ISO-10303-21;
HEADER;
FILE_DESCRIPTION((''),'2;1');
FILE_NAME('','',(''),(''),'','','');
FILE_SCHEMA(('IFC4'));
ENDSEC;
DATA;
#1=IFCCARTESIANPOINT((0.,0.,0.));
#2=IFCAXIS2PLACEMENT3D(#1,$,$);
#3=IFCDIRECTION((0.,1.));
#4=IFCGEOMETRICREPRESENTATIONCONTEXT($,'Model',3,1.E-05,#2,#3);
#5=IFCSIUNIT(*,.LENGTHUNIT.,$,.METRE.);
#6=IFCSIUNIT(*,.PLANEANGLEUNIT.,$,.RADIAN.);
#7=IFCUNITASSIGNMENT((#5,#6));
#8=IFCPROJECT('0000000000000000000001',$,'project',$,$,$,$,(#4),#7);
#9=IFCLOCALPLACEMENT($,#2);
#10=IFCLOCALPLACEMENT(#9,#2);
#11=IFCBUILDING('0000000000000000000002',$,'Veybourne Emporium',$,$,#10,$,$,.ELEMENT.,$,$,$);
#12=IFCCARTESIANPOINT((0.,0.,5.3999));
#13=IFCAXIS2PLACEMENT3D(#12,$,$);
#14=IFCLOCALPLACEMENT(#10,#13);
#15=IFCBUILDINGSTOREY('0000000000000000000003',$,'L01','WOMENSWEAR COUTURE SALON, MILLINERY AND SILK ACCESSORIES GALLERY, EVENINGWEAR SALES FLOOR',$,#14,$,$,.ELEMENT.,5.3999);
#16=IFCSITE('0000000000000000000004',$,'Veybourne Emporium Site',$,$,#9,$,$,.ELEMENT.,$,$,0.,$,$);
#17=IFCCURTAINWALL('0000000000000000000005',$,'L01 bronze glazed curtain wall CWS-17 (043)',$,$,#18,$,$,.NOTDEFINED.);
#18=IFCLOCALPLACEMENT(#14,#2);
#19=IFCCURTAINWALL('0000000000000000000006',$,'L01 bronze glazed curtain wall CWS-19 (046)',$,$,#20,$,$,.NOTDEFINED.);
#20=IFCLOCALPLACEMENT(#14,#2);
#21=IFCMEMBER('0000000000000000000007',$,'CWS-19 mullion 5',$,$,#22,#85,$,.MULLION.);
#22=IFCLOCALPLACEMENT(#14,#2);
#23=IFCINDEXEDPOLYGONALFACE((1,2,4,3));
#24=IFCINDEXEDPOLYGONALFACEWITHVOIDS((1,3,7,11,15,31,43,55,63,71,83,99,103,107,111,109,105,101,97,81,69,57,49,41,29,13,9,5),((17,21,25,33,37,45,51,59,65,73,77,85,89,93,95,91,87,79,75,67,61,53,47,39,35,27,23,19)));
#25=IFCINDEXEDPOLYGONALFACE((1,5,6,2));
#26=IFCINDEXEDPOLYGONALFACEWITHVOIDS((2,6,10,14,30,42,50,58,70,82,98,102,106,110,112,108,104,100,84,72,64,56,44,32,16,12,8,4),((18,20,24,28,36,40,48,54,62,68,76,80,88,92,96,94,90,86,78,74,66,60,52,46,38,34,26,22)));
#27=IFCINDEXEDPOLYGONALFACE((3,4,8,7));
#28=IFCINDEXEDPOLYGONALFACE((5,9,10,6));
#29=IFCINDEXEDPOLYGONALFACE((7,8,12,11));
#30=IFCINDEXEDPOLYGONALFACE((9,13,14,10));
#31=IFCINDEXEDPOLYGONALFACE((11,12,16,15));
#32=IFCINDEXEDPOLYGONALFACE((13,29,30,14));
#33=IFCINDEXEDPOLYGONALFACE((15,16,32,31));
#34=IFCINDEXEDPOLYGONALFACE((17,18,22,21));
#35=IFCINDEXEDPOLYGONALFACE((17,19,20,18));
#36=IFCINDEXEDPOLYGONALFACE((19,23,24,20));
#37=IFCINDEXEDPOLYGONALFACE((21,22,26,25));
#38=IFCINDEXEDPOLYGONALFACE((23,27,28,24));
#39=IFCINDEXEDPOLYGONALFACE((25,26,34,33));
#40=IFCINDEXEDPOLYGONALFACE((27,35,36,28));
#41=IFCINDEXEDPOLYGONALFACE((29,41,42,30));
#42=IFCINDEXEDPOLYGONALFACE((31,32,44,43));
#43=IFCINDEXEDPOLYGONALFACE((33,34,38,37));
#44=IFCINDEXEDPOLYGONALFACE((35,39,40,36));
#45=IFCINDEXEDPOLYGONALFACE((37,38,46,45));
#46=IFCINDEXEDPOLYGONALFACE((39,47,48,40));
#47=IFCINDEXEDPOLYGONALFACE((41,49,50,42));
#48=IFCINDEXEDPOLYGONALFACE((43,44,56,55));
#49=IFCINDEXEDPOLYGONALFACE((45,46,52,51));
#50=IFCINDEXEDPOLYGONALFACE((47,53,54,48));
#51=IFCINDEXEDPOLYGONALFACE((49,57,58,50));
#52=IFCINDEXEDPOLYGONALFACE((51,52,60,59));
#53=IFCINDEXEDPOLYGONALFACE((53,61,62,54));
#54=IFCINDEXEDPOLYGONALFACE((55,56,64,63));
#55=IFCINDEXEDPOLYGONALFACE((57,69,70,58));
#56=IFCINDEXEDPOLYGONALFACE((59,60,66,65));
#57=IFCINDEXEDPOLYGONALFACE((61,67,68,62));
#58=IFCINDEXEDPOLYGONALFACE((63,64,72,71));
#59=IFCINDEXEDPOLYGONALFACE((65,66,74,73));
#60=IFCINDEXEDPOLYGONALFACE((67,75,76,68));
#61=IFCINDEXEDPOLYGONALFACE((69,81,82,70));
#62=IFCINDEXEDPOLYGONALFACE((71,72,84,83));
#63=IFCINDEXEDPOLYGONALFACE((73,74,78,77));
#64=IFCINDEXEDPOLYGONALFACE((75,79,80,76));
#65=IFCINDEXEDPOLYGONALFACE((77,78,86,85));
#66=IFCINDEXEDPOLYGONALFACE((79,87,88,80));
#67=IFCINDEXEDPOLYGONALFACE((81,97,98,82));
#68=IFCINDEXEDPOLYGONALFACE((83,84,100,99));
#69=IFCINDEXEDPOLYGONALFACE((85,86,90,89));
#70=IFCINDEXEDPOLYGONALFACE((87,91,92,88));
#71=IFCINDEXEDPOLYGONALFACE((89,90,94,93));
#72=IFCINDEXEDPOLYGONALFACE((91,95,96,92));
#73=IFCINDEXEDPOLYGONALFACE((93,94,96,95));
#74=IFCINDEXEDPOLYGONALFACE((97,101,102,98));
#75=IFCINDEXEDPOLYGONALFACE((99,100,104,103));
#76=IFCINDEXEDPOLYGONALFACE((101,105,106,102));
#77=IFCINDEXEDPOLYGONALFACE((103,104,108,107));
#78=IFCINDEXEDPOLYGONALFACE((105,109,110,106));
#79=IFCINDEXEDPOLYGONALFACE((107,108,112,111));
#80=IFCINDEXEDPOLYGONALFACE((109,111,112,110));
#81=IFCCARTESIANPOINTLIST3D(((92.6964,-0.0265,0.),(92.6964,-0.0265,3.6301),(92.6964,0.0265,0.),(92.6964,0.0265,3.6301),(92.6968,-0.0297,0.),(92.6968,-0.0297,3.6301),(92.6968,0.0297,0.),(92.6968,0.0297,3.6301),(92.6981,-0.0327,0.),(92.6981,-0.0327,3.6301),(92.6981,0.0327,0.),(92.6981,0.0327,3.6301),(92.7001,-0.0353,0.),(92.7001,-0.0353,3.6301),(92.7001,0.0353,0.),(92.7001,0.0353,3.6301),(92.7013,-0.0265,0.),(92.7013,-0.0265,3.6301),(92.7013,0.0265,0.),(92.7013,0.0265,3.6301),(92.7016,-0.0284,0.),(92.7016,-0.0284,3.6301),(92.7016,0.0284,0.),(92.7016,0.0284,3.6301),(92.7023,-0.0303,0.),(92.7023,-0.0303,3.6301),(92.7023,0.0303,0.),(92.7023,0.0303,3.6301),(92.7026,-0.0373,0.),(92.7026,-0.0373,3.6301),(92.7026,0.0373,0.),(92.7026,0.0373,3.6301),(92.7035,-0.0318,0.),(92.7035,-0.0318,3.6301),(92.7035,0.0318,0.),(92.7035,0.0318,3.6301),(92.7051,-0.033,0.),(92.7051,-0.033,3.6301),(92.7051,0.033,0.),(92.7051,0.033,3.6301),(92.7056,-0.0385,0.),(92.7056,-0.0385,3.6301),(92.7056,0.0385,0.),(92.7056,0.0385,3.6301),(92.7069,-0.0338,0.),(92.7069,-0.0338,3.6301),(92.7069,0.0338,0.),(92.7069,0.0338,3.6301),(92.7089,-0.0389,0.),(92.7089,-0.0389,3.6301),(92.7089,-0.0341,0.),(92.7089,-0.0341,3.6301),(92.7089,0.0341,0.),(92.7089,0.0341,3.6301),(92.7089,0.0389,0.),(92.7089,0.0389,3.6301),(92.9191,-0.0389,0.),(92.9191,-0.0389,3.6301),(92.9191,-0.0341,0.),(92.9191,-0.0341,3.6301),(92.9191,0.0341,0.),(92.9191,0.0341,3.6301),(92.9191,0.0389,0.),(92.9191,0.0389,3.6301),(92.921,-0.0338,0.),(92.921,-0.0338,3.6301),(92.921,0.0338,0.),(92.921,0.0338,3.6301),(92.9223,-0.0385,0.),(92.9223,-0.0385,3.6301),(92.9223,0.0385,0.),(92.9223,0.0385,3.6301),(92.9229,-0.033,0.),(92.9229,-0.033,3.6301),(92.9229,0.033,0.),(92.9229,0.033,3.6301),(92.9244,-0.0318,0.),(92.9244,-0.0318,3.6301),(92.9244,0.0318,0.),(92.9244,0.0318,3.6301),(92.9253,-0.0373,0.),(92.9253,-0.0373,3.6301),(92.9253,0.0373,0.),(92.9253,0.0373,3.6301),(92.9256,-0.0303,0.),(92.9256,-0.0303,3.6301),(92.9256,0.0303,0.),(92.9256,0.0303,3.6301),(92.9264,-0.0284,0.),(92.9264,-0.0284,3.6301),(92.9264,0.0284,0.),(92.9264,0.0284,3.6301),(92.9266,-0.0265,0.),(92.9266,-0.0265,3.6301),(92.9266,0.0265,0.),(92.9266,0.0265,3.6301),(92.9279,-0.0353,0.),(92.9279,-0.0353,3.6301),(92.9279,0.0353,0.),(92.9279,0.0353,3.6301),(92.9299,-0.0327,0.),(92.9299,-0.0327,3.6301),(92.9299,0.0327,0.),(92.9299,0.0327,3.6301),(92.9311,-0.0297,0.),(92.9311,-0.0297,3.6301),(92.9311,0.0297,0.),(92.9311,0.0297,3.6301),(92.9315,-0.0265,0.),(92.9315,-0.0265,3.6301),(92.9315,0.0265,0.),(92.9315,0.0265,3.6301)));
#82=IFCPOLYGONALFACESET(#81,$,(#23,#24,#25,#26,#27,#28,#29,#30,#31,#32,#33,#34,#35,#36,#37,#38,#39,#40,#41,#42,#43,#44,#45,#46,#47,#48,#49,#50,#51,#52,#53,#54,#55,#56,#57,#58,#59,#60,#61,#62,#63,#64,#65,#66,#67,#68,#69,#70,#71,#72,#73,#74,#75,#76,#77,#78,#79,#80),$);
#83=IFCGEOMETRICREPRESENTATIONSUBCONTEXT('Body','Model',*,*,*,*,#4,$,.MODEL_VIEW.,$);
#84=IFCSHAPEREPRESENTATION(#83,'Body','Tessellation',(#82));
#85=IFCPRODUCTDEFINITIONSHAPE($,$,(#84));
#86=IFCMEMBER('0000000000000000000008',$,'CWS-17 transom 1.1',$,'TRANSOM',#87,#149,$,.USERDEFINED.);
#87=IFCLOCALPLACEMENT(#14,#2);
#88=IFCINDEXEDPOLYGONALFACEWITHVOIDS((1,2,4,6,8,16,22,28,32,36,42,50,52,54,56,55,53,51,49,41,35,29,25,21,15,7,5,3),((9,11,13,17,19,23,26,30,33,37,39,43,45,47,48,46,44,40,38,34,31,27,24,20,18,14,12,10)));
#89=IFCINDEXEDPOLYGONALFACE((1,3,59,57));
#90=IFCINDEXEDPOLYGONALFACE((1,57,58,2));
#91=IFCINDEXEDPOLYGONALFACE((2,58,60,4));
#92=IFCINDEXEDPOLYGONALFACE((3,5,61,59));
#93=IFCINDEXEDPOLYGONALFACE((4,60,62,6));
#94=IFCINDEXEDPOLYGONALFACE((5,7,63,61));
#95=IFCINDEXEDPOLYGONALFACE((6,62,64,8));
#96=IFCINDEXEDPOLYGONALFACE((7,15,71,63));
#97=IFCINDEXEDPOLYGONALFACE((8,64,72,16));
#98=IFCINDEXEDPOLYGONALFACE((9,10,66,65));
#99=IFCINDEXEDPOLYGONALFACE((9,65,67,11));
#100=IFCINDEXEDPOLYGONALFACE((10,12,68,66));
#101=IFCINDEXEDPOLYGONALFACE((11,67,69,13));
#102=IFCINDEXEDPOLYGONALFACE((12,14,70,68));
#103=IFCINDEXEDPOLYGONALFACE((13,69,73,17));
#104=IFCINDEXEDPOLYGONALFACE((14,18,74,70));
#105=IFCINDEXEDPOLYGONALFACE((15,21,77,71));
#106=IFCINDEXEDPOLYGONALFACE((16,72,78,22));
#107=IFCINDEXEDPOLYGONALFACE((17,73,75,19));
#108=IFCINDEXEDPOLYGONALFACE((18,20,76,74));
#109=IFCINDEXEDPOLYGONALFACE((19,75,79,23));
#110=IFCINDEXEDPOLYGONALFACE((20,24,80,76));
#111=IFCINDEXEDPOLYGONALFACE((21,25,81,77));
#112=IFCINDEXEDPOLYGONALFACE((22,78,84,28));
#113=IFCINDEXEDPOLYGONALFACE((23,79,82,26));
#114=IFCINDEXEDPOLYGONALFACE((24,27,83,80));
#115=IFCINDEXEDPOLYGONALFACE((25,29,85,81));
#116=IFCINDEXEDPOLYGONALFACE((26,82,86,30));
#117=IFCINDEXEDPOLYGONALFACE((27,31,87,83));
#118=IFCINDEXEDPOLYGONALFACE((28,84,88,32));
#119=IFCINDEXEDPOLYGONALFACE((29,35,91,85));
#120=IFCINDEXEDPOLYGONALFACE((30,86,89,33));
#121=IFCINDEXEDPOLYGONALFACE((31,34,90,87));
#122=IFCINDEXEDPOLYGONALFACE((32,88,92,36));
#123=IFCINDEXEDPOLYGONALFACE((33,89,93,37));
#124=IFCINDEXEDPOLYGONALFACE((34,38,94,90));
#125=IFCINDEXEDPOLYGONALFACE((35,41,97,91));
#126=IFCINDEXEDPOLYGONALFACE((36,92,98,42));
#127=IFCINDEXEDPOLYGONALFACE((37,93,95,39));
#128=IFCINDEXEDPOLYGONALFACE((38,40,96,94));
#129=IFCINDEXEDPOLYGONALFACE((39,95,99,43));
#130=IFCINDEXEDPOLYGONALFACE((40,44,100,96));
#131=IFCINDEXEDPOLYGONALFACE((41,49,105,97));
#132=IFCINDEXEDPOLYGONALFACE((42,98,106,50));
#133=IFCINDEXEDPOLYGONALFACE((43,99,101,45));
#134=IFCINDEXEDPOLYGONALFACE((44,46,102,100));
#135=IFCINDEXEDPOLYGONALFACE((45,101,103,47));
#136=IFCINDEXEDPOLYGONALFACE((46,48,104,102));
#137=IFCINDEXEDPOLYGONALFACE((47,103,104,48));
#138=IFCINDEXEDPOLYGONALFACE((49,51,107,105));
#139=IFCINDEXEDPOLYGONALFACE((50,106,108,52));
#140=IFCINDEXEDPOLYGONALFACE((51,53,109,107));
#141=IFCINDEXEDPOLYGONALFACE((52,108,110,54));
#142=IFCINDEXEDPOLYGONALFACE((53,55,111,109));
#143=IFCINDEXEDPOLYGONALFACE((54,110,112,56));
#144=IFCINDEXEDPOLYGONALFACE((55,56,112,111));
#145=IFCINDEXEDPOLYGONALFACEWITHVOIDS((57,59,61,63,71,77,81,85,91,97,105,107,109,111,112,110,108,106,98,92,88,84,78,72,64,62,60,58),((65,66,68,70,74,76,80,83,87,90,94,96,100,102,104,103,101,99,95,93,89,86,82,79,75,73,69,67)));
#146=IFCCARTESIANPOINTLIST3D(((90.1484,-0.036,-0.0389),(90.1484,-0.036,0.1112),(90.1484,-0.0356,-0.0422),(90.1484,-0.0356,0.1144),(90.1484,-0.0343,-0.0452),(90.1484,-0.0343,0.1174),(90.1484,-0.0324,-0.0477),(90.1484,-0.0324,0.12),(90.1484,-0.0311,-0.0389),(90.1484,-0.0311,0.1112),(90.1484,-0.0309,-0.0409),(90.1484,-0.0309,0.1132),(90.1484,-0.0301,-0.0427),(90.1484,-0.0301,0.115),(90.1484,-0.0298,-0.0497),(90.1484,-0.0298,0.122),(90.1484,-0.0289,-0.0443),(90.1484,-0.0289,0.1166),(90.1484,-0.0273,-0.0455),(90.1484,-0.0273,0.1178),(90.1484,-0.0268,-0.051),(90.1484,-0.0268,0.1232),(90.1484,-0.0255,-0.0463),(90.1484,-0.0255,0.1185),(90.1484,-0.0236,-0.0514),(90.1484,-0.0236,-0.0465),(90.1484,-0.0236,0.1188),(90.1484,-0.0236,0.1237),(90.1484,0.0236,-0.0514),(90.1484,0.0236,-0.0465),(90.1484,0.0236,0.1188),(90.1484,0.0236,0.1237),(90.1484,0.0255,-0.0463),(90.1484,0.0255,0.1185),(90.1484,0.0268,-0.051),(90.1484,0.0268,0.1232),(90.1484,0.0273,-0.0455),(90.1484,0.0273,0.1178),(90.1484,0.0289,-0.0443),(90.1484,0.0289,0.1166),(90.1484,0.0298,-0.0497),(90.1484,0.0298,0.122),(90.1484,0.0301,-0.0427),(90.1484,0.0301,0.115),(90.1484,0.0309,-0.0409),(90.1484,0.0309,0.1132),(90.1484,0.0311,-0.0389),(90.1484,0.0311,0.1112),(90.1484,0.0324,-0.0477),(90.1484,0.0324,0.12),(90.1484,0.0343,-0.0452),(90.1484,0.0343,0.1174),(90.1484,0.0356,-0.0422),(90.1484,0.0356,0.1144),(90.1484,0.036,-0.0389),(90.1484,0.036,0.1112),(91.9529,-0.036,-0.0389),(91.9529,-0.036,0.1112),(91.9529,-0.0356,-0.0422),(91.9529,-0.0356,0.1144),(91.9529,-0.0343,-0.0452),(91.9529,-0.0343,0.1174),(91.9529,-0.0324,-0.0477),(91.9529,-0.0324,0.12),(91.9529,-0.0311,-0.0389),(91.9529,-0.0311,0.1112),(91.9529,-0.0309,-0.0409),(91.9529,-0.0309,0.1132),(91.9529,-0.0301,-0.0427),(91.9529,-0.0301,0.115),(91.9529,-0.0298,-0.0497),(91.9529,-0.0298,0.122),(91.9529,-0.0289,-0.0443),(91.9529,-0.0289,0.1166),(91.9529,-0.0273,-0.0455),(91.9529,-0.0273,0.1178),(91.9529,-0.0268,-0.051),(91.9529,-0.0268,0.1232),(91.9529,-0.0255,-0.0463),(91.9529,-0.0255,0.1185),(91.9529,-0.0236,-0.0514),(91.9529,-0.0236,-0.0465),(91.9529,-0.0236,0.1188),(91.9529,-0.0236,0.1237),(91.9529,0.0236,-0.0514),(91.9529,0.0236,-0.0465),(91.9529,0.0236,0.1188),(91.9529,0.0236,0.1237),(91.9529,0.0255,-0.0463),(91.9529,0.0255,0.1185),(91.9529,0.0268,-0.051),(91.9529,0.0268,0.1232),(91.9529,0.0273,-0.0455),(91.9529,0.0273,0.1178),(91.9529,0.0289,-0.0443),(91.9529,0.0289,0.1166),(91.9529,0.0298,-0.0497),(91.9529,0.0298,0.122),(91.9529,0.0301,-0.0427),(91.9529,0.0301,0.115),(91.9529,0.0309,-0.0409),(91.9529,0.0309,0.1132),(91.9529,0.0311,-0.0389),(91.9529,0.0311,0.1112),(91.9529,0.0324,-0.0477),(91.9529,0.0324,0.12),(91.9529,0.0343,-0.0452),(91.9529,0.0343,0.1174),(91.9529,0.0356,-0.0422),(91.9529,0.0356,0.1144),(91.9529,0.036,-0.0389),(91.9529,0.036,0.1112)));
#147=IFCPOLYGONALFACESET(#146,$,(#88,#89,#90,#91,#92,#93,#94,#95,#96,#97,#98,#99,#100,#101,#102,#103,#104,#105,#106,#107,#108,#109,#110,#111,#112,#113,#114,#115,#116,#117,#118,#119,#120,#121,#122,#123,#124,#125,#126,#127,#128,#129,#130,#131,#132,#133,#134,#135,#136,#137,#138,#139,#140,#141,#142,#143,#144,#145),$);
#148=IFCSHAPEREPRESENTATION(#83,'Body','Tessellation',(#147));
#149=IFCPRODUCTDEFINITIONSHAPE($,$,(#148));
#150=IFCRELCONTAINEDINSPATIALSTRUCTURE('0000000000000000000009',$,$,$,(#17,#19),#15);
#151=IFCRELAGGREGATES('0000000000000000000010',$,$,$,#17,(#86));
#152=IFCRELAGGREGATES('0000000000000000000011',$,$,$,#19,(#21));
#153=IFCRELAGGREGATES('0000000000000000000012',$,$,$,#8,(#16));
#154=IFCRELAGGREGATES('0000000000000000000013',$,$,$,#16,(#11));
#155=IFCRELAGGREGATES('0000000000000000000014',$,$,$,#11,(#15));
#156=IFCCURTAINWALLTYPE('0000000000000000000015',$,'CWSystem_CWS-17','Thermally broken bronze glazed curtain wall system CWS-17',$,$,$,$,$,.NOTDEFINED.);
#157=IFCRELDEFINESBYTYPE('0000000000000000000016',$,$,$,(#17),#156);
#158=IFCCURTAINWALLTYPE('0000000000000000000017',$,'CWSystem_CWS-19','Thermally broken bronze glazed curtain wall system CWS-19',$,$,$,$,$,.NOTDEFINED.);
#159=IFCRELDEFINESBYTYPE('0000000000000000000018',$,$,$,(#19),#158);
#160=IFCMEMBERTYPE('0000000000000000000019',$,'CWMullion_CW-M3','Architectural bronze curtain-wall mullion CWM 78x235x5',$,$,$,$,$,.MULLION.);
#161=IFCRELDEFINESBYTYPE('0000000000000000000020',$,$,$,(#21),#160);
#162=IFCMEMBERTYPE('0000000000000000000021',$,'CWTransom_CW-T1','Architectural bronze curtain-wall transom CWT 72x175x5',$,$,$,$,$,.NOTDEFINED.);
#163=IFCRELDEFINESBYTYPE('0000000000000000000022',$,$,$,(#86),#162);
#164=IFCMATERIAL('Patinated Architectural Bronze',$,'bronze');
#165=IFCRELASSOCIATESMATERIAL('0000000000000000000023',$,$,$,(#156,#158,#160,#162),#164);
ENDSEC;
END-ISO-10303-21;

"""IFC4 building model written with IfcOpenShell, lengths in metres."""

from ifc_helpers import new_model, si_unit, direction, frame, origin, origin_2d, place, context, subcontext, project, spatial, hollow_rectangle, extrude, material, material_profile, profile_set, type_object, element, aggregate, save


model = new_model("IFC4")

# Units and contexts
model_context = context("Model", 3, precision=1e-05, world=origin(), true_north=direction((0.0, 1.0)))
body_context = subcontext(model_context, "Body", "Model", "MODEL_VIEW")
ifc_project = project(units=[si_unit("LENGTHUNIT", "METRE"), si_unit("PLANEANGLEUNIT", "RADIAN")], contexts=[model_context])

# Site, building, storey
site_placement = place(None, origin())
site = spatial("IfcSite", under=ifc_project, at=site_placement, Name="Veybourne Emporium Site", CompositionType="ELEMENT", RefElevation=0.0)
building_placement = place(site_placement, origin())
building = spatial("IfcBuilding", under=site, at=building_placement, Name="Veybourne Emporium", CompositionType="ELEMENT")
storey_placement = place(building_placement, frame((0.0, 0.0, 5.3999)))
storey = spatial("IfcBuildingStorey", under=building, at=storey_placement, Name="L01", Description="WOMENSWEAR COUTURE SALON, MILLINERY AND SILK ACCESSORIES GALLERY, EVENINGWEAR SALES FLOOR", CompositionType="ELEMENT", Elevation=5.3999)

# Curtain wall
ifc_material_1 = material(Name="Patinated Architectural Bronze", Category="bronze")
curtain_wall_type_1 = type_object("IfcCurtainWallType", Name="CWSystem_CWS-17", Description="Thermally broken bronze glazed curtain wall system CWS-17", PredefinedType="NOTDEFINED", material=ifc_material_1)
curtain_wall_1_placement = place(storey_placement, origin())
curtain_wall_1 = element("IfcCurtainWall", 1, at=curtain_wall_1_placement, inside=storey, type_object=curtain_wall_type_1, Name="L01 bronze glazed curtain wall CWS-17 (043)", PredefinedType="NOTDEFINED")

# Curtain wall, member
curtain_wall_type_2 = type_object("IfcCurtainWallType", Name="CWSystem_CWS-19", Description="Thermally broken bronze glazed curtain wall system CWS-19", PredefinedType="NOTDEFINED", material=ifc_material_1)
curtain_wall_2_placement = place(storey_placement, origin())
curtain_wall_2 = element("IfcCurtainWall", 2, at=curtain_wall_2_placement, inside=storey, type_object=curtain_wall_type_2, Name="L01 bronze glazed curtain wall CWS-19 (046)", PredefinedType="NOTDEFINED")
ifc_material_profile_1 = material_profile(ifc_material_1, hollow_rectangle(XDim=0.0779, YDim=0.2351, WallThickness=0.0049, InnerFilletRadius=0.0076, OuterFilletRadius=0.0125, at=origin_2d()), Name="CWM 78x235x5")
ifc_profile_set_1 = profile_set([ifc_material_profile_1], Name="Patinated Architectural Bronze")
member_type_1 = type_object("IfcMemberType", Name="CWMullion_CW-M3", Description="Architectural bronze curtain-wall mullion CWM 78x235x5", PredefinedType="MULLION", material=ifc_profile_set_1)
member_1_placement = place(storey_placement, frame((92.814, 0.0, 0.0), z_axis=(0.0, 0.0, 1.0), x_axis=(0.0, -1.0, 0.0)))
member_1 = element("IfcMember", 3, at=member_1_placement, type_object=member_type_1, Name="CWS-19 mullion 5", PredefinedType="MULLION", context=body_context, shape_type="SweptSolid", body=[
    extrude(hollow_rectangle(XDim=0.0779, YDim=0.2351, WallThickness=0.0049, InnerFilletRadius=0.0076, OuterFilletRadius=0.0125, at=origin_2d()), origin(), (0.0, 0.0, 1.0), 3.6301),
])

# Member
ifc_material_profile_2 = material_profile(ifc_material_1, hollow_rectangle(XDim=0.072, YDim=0.175, WallThickness=0.0049, InnerFilletRadius=0.0076, OuterFilletRadius=0.0125, at=origin_2d()), Name="CWT 72x175x5")
ifc_profile_set_2 = profile_set([ifc_material_profile_2], Name="Patinated Architectural Bronze")
member_type_2 = type_object("IfcMemberType", Name="CWTransom_CW-T1", Description="Architectural bronze curtain-wall transom CWT 72x175x5", PredefinedType="NOTDEFINED", material=ifc_profile_set_2)
member_2_placement = place(storey_placement, frame((91.9529, 0.0, 0.0361), z_axis=(-1.0, 0.0, 0.0), x_axis=(0.0, -1.0, 0.0)))
member_2 = element("IfcMember", 4, at=member_2_placement, type_object=member_type_2, Name="CWS-17 transom 1.1", ObjectType="TRANSOM", PredefinedType="USERDEFINED", context=body_context, shape_type="SweptSolid", body=[
    extrude(hollow_rectangle(XDim=0.072, YDim=0.175, WallThickness=0.0049, InnerFilletRadius=0.0076, OuterFilletRadius=0.0125, at=origin_2d()), origin(), (0.0, 0.0, 1.0), 1.8044),
])

aggregate(curtain_wall_1, [member_2])
aggregate(curtain_wall_2, [member_1])

save(model, "model.ifc")
